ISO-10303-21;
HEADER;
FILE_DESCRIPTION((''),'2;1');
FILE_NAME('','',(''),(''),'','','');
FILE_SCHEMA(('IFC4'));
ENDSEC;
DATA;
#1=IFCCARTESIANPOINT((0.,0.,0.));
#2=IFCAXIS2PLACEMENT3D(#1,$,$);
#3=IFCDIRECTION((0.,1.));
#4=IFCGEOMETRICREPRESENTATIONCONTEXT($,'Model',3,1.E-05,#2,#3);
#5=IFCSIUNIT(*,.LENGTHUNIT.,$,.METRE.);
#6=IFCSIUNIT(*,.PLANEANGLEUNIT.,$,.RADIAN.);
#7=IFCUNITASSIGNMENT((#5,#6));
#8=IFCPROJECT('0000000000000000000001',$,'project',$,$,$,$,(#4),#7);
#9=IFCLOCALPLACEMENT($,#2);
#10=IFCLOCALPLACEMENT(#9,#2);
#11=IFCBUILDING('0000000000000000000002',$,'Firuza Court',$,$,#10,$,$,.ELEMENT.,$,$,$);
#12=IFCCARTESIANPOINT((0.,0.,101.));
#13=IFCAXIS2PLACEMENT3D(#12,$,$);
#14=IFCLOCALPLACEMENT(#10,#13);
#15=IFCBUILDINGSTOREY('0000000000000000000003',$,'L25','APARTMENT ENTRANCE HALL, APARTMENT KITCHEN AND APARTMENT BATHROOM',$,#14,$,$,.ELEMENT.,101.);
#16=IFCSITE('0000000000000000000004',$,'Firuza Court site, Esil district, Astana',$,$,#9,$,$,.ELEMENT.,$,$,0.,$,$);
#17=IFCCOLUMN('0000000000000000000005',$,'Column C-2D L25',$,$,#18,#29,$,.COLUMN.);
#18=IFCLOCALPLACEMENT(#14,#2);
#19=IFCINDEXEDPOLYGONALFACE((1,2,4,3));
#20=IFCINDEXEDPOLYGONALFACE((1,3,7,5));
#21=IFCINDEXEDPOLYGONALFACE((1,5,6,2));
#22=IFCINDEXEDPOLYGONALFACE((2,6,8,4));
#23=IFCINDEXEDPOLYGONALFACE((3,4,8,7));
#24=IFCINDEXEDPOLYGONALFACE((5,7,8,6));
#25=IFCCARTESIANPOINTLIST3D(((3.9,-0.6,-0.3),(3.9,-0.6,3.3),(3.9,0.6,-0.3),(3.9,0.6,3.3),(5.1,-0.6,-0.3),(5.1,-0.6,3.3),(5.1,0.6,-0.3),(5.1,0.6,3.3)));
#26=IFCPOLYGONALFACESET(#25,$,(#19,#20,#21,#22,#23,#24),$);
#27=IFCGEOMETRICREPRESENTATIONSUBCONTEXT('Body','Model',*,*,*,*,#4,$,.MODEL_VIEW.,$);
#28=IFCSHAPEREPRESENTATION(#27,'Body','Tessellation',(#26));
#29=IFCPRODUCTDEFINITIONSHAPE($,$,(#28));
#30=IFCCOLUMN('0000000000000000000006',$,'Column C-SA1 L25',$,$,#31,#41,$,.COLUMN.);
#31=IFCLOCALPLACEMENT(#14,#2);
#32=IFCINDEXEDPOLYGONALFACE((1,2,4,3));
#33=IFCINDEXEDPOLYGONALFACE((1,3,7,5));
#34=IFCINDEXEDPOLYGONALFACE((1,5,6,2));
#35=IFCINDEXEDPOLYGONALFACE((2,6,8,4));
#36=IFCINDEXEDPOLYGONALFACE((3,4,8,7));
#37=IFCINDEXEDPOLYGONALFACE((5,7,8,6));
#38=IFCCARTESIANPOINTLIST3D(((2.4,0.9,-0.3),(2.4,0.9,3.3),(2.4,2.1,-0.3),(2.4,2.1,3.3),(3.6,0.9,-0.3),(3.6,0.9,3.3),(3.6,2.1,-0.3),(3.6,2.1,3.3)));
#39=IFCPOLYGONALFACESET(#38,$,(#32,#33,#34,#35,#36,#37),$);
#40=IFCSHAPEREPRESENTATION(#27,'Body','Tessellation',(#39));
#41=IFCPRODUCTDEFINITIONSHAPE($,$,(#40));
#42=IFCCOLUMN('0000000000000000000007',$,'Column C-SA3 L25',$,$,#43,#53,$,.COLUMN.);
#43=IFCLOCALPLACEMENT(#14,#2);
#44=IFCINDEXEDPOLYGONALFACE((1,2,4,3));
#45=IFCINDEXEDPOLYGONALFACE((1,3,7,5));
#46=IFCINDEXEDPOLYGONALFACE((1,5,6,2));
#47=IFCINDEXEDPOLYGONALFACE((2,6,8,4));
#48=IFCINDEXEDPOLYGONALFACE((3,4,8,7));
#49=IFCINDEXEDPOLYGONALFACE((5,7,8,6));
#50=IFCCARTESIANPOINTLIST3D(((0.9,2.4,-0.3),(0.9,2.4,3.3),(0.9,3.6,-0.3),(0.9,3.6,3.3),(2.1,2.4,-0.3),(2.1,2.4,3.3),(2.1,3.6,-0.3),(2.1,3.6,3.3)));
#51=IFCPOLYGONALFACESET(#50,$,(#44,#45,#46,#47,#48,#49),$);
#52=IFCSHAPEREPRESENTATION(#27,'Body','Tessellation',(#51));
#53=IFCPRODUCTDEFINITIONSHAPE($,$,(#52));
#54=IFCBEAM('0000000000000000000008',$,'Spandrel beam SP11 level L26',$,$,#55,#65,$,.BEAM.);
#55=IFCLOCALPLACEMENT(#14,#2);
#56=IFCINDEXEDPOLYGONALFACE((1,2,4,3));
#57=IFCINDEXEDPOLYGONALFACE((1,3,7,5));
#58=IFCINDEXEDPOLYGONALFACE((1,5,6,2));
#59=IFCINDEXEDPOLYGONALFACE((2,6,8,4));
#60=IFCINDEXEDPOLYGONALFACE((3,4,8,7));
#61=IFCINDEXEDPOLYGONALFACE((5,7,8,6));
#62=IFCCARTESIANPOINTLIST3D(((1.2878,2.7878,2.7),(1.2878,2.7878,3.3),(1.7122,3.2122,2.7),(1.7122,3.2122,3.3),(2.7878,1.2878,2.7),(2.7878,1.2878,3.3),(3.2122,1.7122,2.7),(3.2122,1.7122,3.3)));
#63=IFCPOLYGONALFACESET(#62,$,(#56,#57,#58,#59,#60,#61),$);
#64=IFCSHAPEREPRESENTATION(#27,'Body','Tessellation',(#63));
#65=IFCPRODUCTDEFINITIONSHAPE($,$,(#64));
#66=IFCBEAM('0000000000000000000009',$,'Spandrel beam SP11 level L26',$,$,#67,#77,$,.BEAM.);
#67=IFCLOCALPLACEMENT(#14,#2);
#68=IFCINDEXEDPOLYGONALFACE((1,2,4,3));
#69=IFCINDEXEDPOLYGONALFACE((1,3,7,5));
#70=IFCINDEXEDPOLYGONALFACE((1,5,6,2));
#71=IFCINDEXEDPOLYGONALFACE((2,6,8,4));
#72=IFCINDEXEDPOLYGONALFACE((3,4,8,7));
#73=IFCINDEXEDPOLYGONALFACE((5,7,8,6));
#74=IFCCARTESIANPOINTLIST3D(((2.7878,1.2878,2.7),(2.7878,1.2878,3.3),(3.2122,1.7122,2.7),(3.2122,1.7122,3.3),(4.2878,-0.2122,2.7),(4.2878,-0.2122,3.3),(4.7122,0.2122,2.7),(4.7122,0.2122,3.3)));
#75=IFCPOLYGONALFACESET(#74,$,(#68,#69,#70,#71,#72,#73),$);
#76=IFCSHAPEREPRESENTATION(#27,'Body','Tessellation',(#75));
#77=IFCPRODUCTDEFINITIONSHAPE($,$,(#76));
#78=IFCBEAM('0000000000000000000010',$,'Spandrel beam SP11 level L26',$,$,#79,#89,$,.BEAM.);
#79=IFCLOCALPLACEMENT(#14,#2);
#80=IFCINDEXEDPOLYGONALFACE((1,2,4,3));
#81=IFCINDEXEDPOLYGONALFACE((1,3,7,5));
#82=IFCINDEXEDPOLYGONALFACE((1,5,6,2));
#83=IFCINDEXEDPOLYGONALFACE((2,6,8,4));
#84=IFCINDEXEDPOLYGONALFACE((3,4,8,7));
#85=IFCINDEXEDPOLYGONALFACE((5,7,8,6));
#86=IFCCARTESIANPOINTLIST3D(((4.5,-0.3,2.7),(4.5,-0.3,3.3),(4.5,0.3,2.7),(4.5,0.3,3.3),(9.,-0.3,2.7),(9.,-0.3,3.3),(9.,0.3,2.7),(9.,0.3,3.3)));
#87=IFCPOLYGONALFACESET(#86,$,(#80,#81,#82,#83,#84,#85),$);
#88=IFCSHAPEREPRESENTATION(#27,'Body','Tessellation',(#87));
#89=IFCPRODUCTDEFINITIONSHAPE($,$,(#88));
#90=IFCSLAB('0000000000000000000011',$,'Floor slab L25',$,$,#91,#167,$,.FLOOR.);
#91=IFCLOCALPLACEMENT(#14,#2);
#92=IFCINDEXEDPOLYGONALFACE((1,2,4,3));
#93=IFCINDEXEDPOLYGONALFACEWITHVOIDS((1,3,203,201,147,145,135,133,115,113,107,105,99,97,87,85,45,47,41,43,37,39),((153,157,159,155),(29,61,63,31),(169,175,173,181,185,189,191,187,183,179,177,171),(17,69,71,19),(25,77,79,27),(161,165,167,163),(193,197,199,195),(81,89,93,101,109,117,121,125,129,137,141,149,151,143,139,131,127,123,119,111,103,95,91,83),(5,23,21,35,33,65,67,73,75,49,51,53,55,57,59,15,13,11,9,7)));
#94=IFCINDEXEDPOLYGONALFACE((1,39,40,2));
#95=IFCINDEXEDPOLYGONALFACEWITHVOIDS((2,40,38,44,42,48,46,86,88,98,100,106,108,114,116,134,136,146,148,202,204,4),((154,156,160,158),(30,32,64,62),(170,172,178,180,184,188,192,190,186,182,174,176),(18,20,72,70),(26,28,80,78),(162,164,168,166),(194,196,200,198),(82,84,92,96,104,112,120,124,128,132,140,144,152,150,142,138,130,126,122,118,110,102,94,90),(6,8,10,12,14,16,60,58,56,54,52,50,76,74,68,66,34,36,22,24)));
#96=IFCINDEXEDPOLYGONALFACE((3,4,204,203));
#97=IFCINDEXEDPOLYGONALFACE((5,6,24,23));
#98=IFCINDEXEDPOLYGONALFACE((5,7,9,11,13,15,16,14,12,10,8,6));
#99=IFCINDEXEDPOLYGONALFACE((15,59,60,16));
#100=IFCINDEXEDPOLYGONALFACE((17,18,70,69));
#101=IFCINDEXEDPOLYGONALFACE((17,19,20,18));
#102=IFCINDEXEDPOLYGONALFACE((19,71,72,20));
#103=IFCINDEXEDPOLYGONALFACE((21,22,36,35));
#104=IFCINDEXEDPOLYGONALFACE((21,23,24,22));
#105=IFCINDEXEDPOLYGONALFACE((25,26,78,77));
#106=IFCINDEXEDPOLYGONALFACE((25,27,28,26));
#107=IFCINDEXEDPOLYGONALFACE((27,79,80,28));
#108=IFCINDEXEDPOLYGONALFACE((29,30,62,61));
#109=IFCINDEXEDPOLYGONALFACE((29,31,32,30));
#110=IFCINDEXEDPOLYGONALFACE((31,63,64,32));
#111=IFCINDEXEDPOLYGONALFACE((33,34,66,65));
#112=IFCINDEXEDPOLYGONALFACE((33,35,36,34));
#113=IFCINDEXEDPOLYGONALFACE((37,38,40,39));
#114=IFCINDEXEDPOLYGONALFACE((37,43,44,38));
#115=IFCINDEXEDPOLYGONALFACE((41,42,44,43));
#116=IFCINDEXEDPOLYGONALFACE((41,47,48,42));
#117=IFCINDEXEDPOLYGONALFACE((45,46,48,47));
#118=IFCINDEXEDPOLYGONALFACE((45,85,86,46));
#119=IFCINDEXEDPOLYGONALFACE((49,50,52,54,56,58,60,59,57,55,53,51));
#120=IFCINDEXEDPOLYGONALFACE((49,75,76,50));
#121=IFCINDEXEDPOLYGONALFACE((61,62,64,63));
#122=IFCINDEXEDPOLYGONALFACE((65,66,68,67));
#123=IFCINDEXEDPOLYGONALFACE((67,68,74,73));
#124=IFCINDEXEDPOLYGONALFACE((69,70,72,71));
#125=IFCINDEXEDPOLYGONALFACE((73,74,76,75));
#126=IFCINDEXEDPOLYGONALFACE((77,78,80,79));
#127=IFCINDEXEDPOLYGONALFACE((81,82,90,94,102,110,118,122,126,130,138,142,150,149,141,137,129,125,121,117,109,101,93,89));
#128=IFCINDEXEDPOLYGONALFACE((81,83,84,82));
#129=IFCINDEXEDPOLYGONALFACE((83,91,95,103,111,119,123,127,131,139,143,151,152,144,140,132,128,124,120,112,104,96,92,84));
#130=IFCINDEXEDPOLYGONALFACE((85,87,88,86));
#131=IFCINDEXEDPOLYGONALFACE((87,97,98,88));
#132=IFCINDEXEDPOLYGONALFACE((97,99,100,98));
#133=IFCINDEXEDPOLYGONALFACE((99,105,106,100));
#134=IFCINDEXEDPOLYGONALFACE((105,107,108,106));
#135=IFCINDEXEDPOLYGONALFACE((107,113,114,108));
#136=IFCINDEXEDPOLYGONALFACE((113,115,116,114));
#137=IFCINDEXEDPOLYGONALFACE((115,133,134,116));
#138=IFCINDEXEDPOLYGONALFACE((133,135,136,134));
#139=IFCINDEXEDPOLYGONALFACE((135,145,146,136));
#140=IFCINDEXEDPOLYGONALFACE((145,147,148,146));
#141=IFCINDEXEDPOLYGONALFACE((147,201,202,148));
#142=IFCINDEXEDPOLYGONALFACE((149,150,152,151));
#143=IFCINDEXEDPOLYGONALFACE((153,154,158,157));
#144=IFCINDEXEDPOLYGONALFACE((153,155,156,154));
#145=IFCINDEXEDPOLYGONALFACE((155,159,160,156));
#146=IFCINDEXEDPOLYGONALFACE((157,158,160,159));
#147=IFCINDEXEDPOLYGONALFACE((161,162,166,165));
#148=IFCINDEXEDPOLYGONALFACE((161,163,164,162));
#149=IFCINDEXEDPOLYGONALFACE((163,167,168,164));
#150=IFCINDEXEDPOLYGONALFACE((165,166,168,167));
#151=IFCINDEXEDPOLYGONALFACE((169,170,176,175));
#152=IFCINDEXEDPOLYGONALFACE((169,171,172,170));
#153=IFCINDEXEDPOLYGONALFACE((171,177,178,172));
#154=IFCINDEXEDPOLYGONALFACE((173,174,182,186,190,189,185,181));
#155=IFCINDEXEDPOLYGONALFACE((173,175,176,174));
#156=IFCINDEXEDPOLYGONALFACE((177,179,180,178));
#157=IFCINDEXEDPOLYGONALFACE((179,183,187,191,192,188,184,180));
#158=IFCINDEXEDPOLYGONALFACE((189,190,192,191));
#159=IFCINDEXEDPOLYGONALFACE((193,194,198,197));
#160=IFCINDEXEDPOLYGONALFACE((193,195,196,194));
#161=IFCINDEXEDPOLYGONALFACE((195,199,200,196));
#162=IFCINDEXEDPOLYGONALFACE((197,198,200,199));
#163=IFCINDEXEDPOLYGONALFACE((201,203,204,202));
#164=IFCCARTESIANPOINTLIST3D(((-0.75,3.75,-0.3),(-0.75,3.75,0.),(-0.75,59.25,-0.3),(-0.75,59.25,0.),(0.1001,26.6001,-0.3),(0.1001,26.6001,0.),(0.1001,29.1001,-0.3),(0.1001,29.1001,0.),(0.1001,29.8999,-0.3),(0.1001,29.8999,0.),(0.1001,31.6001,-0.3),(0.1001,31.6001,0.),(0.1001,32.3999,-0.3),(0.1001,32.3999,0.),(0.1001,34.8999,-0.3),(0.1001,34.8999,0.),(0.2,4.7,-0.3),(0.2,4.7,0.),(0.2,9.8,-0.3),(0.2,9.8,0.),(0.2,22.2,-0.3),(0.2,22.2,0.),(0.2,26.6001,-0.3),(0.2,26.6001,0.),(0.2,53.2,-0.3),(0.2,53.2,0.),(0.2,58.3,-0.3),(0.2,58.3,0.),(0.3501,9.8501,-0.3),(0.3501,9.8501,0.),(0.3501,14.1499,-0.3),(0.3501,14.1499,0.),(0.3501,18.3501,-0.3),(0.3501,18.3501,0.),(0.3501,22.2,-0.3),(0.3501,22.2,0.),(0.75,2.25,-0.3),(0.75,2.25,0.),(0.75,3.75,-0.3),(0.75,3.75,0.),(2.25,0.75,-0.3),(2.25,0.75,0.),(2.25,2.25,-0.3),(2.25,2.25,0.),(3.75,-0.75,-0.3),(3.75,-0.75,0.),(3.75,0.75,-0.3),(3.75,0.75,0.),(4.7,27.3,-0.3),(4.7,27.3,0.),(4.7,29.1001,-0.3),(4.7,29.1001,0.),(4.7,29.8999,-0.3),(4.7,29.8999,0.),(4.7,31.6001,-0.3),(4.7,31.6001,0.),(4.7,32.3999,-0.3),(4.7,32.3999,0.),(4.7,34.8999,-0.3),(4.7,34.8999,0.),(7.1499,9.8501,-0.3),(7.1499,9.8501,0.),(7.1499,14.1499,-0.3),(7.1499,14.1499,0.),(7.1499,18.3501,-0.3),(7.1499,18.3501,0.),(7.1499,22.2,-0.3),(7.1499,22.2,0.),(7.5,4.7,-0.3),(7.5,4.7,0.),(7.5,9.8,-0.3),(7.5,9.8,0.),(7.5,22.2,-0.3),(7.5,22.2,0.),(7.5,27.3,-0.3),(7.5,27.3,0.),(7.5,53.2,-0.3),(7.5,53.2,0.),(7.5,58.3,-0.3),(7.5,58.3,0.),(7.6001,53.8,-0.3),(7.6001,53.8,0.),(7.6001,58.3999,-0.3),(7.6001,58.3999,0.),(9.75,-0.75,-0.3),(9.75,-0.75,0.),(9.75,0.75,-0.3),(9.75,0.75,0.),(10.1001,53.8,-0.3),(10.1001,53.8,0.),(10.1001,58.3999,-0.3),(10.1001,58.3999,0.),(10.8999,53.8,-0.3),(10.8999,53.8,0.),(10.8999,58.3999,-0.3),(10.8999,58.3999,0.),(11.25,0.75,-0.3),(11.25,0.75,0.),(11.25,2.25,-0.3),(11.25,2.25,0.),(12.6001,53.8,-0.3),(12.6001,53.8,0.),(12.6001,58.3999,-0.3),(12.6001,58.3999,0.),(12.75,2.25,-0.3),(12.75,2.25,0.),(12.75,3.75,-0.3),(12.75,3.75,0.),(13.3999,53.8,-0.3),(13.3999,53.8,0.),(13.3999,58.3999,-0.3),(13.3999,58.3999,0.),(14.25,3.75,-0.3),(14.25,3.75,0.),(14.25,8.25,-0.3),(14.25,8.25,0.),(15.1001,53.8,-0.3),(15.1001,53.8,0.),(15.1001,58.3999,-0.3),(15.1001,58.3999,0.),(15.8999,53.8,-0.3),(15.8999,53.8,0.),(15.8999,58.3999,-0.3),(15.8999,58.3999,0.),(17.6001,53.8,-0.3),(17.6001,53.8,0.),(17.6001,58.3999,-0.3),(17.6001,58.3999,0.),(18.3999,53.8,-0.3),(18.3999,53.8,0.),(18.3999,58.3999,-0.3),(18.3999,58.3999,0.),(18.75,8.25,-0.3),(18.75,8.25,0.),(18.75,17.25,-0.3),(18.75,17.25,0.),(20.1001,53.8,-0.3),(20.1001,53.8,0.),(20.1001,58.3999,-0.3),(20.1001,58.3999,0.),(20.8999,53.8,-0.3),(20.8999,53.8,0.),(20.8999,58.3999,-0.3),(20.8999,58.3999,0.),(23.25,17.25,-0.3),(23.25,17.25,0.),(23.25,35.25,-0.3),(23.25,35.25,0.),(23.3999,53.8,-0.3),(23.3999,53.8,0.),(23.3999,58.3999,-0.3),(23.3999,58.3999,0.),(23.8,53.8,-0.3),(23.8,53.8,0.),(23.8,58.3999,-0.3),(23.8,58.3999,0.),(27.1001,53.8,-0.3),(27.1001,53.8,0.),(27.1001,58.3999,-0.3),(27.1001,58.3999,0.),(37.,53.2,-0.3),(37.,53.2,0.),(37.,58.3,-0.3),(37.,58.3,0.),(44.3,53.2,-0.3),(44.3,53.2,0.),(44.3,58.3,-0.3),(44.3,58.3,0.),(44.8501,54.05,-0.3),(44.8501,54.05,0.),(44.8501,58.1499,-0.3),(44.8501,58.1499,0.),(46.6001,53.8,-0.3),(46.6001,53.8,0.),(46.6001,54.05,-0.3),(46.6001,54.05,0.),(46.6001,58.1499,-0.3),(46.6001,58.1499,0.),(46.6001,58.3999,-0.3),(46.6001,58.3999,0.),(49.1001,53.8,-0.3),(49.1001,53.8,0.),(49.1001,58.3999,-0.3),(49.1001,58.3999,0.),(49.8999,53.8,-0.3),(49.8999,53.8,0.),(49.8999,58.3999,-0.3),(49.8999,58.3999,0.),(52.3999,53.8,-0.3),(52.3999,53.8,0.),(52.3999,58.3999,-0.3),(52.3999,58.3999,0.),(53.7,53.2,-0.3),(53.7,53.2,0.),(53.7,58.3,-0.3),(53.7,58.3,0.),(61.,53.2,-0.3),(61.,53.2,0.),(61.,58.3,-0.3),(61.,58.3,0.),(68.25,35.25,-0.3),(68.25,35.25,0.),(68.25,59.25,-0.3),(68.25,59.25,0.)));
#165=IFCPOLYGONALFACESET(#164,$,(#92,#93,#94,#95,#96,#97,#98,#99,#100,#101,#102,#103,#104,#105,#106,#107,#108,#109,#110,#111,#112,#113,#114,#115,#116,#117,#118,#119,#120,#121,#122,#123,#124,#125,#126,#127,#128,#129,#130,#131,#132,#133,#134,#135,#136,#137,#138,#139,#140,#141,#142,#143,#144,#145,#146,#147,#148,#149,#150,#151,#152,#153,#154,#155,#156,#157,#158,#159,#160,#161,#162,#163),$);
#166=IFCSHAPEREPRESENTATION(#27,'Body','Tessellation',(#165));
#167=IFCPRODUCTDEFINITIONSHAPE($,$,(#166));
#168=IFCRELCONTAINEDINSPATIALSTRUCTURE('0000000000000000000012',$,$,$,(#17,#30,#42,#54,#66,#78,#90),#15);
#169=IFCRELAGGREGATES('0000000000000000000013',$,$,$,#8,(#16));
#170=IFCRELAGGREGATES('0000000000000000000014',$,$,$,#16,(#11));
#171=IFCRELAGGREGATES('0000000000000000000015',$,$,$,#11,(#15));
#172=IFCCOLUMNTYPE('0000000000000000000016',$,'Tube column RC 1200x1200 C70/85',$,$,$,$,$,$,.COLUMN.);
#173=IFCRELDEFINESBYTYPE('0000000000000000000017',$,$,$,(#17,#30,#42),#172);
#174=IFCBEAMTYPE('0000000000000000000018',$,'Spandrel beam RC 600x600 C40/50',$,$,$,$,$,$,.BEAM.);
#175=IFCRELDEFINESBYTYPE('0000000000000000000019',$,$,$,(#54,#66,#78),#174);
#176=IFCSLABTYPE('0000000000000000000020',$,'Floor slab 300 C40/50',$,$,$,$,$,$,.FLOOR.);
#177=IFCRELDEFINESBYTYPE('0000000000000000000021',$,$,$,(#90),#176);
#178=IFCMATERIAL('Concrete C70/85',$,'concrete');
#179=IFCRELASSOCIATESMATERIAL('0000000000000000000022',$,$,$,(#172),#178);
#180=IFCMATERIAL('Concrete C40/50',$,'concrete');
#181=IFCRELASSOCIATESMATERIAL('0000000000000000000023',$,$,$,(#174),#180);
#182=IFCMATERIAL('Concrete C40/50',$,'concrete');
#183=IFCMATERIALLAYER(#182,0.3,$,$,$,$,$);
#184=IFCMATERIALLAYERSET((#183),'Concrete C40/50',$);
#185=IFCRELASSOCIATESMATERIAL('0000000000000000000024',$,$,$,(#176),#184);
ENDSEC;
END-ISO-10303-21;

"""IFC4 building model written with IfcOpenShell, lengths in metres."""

from ifc_helpers import new_model, si_unit, direction, frame, origin, origin_2d, place, context, subcontext, project, spatial, polyline, rectangle, outline, extrude, material, layer, layer_set, material_profile, profile_set, type_object, element, save


model = new_model("IFC4")

# Units and contexts
model_context = context("Model", 3, precision=1e-05, world=origin(), true_north=direction((0.0, 1.0)))
body_context = subcontext(model_context, "Body", "Model", "MODEL_VIEW")
ifc_project = project(units=[si_unit("LENGTHUNIT", "METRE"), si_unit("PLANEANGLEUNIT", "RADIAN")], contexts=[model_context])

# Site, building, storey
site_placement = place(None, origin())
site = spatial("IfcSite", under=ifc_project, at=site_placement, Name="Firuza Court site, Esil district, Astana", CompositionType="ELEMENT", RefElevation=0.0)
building_placement = place(site_placement, origin())
building = spatial("IfcBuilding", under=site, at=building_placement, Name="Firuza Court", CompositionType="ELEMENT")
storey_placement = place(building_placement, frame((0.0, 0.0, 101.0)))
storey = spatial("IfcBuildingStorey", under=building, at=storey_placement, Name="L25", Description="APARTMENT ENTRANCE HALL, APARTMENT KITCHEN AND APARTMENT BATHROOM", CompositionType="ELEMENT", Elevation=101.0)

# Columns
ifc_material_1 = material(Name="Concrete C70/85", Category="concrete")
ifc_material_profile_1 = material_profile(ifc_material_1, rectangle(XDim=1.2, YDim=1.2, at=origin_2d()), Name="RC 1200x1200")
ifc_profile_set_1 = profile_set([ifc_material_profile_1], Name="Concrete C70/85")
column_type = type_object("IfcColumnType", Name="Tube column RC 1200x1200 C70/85", PredefinedType="COLUMN", material=ifc_profile_set_1)
for number, where, z_axis, x_axis, name in (
    (1, (4.5, 0.0, -0.3), (0.0, 0.0, 1.0), (1.0, 0.0, 0.0), "Column C-2D L25"),
    (2, (3.0, 1.5, -0.3), (0.0, 0.0, 1.0), (1.0, 0.0, 0.0), "Column C-SA1 L25"),
    (3, (1.5, 3.0, -0.3), (0.0, 0.0, 1.0), (1.0, 0.0, 0.0), "Column C-SA3 L25"),
):
    element("IfcColumn", number, at=place(storey_placement, frame(where, z_axis=z_axis, x_axis=x_axis)), inside=storey, type_object=column_type, Name=name, PredefinedType="COLUMN", context=body_context, shape_type="SweptSolid", body=[
        extrude(rectangle(XDim=1.2, YDim=1.2, at=origin_2d()), origin(), (0.0, 0.0, 1.0), 3.6001),
    ])

# Beams
ifc_material_2 = material(Name="Concrete C40/50", Category="concrete")
ifc_material_profile_2 = material_profile(ifc_material_2, rectangle(XDim=0.6001, YDim=0.6001, at=origin_2d()), Name="RC 600x600")
ifc_profile_set_2 = profile_set([ifc_material_profile_2], Name="Concrete C40/50")
beam_type = type_object("IfcBeamType", Name="Spandrel beam RC 600x600 C40/50", PredefinedType="BEAM", material=ifc_profile_set_2)
for number, where, z_axis, x_axis, name in (
    (4, (1.5, 3.0, 3.0), (0.707107, -0.707107, 0.0), (0.707107, 0.707107, 0.0), "Spandrel beam SP11 level L26"),
    (5, (3.0, 1.5, 3.0), (0.707107, -0.707107, 0.0), (0.707107, 0.707107, 0.0), "Spandrel beam SP11 level L26"),
):
    element("IfcBeam", number, at=place(storey_placement, frame(where, z_axis=z_axis, x_axis=x_axis)), inside=storey, type_object=beam_type, Name=name, PredefinedType="BEAM", context=body_context, shape_type="SweptSolid", body=[
        extrude(rectangle(XDim=0.6001, YDim=0.6001, at=origin_2d()), origin(), (0.0, 0.0, 1.0), 2.1213),
    ])
beam_placement = place(storey_placement, frame((4.5, 0.0, 3.0), z_axis=(1.0, 0.0, 0.0), x_axis=(0.0, 1.0, 0.0)))
element("IfcBeam", 6, at=beam_placement, inside=storey, type_object=beam_type, Name="Spandrel beam SP11 level L26", PredefinedType="BEAM", context=body_context, shape_type="SweptSolid", body=[
    extrude(rectangle(XDim=0.6001, YDim=0.6001, at=origin_2d()), origin(), (0.0, 0.0, 1.0), 4.5),
])

# Slab
ifc_material_3 = material(Name="Concrete C40/50", Category="concrete")
ifc_layer_1 = layer(ifc_material_3, 0.3)
ifc_layer_set_1 = layer_set([ifc_layer_1], Name="Concrete C40/50")
slab_type_1 = type_object("IfcSlabType", Name="Floor slab 300 C40/50", PredefinedType="FLOOR", material=ifc_layer_set_1)
slab_1_placement = place(storey_placement, frame((0.0, 0.0, -0.3)))
element("IfcSlab", 7, at=slab_1_placement, inside=storey, type_object=slab_type_1, Name="Floor slab L25", PredefinedType="FLOOR", context=body_context, shape_type="SweptSolid", body=[
    extrude(outline(polyline([(3.75, -0.75), (3.75, 0.75), (2.25, 0.75), (2.25, 2.25), (0.75, 2.25), (0.75, 3.75), (-0.75, 3.75), (-0.75, 59.25), (68.25, 59.25), (68.25, 35.25), (23.25, 35.25), (23.25, 17.25), (18.75, 17.25), (18.75, 8.25), (14.25, 8.25), (14.25, 3.75), (12.75, 3.75), (12.75, 2.25), (11.25, 2.25), (11.25, 0.75), (9.75, 0.75), (9.75, -0.75), (3.75, -0.75)]), holes=[polyline([(7.5, 9.8), (0.2, 9.8), (0.2, 4.7), (7.5, 4.7), (7.5, 9.8)]), polyline([(7.1499, 14.1499), (0.3501, 14.1499), (0.3501, 9.8501), (7.1499, 9.8501), (7.1499, 14.1499)]), polyline([(0.2, 22.2), (0.3501, 22.2), (0.3501, 18.3501), (7.1499, 18.3501), (7.1499, 22.2), (7.5, 22.2), (7.5, 27.3), (4.7, 27.3), (4.7, 29.1001), (4.7, 29.8999), (4.7, 31.6001), (4.7, 32.3999), (4.7, 34.8999), (0.1001, 34.8999), (0.1001, 32.3999), (0.1001, 31.6001), (0.1001, 29.8999), (0.1001, 29.1001), (0.1001, 26.6001), (0.2, 26.6001), (0.2, 22.2)]), polyline([(7.5, 58.3), (0.2, 58.3), (0.2, 53.2), (7.5, 53.2), (7.5, 58.3)]), polyline([(10.1001, 58.3999), (7.6001, 58.3999), (7.6001, 53.8), (10.1001, 53.8), (10.8999, 53.8), (12.6001, 53.8), (13.3999, 53.8), (15.1001, 53.8), (15.8999, 53.8), (17.6001, 53.8), (18.3999, 53.8), (20.1001, 53.8), (20.8999, 53.8), (23.3999, 53.8), (23.3999, 58.3999), (20.8999, 58.3999), (20.1001, 58.3999), (18.3999, 58.3999), (17.6001, 58.3999), (15.8999, 58.3999), (15.1001, 58.3999), (13.3999, 58.3999), (12.6001, 58.3999), (10.8999, 58.3999), (10.1001, 58.3999)]), polyline([(44.3, 58.3), (37.0, 58.3), (37.0, 53.2), (44.3, 53.2), (44.3, 58.3)]), polyline([(61.0, 58.3), (53.7, 58.3), (53.7, 53.2), (61.0, 53.2), (61.0, 58.3)]), polyline([(27.1001, 58.3999), (23.8, 58.3999), (23.8, 53.8), (27.1001, 53.8), (27.1001, 58.3999)]), polyline([(46.6001, 58.1499), (44.8501, 58.1499), (44.8501, 54.05), (46.6001, 54.05), (46.6001, 53.8), (49.1001, 53.8), (49.8999, 53.8), (52.3999, 53.8), (52.3999, 58.3999), (49.8999, 58.3999), (49.1001, 58.3999), (46.6001, 58.3999), (46.6001, 58.1499)])]), origin(), (0.0, 0.0, 1.0), 0.3),
])

save(model, "model.ifc")
